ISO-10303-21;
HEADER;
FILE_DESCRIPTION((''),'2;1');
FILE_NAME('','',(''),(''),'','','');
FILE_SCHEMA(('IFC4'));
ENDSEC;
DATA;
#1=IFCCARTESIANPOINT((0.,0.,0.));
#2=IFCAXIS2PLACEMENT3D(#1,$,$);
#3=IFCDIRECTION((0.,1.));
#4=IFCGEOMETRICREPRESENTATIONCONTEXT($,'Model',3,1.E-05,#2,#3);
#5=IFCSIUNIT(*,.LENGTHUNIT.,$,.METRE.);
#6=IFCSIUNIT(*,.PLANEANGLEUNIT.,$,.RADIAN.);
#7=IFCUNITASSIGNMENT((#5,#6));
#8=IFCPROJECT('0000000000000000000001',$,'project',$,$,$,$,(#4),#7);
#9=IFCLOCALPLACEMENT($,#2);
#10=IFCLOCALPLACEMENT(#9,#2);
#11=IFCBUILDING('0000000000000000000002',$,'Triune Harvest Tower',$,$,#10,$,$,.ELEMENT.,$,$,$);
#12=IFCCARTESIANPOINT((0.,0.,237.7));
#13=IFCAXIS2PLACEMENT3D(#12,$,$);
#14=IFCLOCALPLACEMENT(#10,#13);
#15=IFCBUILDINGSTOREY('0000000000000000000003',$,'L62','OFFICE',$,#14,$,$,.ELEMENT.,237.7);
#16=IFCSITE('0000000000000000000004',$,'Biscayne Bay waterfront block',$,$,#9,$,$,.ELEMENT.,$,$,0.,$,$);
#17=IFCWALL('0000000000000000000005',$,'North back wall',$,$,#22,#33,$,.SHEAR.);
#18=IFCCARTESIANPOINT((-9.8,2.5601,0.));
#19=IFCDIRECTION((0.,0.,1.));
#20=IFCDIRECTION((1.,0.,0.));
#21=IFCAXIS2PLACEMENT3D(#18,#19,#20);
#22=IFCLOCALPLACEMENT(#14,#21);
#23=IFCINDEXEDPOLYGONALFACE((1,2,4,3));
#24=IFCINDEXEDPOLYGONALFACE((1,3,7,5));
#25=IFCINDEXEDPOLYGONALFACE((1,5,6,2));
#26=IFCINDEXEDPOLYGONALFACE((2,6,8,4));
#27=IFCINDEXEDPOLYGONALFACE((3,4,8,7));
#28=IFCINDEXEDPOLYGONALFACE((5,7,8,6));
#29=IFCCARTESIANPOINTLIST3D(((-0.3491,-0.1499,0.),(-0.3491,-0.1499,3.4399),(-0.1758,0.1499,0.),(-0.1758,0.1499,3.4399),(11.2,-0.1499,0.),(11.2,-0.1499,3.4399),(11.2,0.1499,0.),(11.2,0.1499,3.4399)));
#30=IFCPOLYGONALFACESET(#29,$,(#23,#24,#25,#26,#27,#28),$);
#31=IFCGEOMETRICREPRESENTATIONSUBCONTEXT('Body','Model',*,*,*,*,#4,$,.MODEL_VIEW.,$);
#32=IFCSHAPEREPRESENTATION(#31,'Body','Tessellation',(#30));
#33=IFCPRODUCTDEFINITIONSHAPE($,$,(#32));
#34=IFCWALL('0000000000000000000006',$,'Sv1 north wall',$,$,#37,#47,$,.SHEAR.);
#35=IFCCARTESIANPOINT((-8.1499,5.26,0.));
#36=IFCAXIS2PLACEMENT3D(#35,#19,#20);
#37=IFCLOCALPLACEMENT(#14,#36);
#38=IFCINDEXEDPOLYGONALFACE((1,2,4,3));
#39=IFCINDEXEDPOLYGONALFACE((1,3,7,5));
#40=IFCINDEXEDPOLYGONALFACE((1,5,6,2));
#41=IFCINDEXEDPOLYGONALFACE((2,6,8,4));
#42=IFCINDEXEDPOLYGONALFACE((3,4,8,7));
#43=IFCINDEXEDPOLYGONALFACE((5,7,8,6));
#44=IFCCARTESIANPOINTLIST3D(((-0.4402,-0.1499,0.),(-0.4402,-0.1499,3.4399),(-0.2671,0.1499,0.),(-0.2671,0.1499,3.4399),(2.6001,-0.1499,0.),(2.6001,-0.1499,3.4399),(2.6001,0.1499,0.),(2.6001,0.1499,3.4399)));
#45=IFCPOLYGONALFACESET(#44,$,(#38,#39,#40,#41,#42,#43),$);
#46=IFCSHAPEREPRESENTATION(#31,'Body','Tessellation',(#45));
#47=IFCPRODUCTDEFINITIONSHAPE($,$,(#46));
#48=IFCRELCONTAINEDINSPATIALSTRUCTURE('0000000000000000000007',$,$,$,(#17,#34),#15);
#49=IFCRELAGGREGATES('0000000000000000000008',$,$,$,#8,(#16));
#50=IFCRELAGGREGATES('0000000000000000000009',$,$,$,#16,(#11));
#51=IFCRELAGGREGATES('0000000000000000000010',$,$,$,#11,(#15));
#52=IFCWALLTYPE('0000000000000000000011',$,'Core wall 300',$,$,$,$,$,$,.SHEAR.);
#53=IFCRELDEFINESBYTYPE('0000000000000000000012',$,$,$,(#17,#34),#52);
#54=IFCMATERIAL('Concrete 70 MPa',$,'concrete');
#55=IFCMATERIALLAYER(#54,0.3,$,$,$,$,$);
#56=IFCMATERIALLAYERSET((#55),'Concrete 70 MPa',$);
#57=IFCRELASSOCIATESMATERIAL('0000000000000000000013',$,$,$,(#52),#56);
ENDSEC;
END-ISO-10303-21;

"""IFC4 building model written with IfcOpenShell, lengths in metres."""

from ifc_helpers import new_model, si_unit, direction, frame, origin, place, context, subcontext, project, spatial, polyline, outline, extrude, source, transform, mapped, material, layer, layer_set, type_object, element, save


model = new_model("IFC4")

# Units and contexts
model_context = context("Model", 3, precision=1e-05, world=origin(), true_north=direction((0.0, 1.0)))
body_context = subcontext(model_context, "Body", "Model", "MODEL_VIEW")
ifc_project = project(units=[si_unit("LENGTHUNIT", "METRE"), si_unit("PLANEANGLEUNIT", "RADIAN")], contexts=[model_context])

# Site, building, storey
site_placement = place(None, origin())
site = spatial("IfcSite", under=ifc_project, at=site_placement, Name="Biscayne Bay waterfront block", CompositionType="ELEMENT", RefElevation=0.0)
building_placement = place(site_placement, origin())
building = spatial("IfcBuilding", under=site, at=building_placement, Name="Triune Harvest Tower", CompositionType="ELEMENT")
storey_placement = place(building_placement, frame((0.0, 0.0, 237.7)))
storey = spatial("IfcBuildingStorey", under=building, at=storey_placement, Name="L62", Description="OFFICE", CompositionType="ELEMENT", Elevation=237.7)

# Shared definitions
ifc_material_1 = material(Name="Concrete 70 MPa", Category="concrete")
ifc_layer_1 = layer(ifc_material_1, 0.3)
ifc_layer_set_1 = layer_set([ifc_layer_1], Name="Concrete 70 MPa")
wall_type_1 = type_object("IfcWallType", Name="Core wall 300", PredefinedType="SHEAR", material=ifc_layer_set_1)

# Wall
shared_shape_1 = source(origin(), body_context, "Body", "SweptSolid", [
    extrude(outline(polyline([(11.2, -0.1499), (-0.3491, -0.1499), (-0.1758, 0.1499), (11.2, 0.1499), (11.2, -0.1499)])), origin(), (0.0, 0.0, 1.0), 3.4399),
])
wall_1_placement = place(storey_placement, frame((-9.8, 2.5601, 0.0), z_axis=(0.0, 0.0, 1.0), x_axis=(1.0, 0.0, 0.0)))
element("IfcWall", 1, at=wall_1_placement, inside=storey, type_object=wall_type_1, Name="North back wall", PredefinedType="SHEAR", context=body_context, shape_type="MappedRepresentation", body=[
    mapped(shared_shape_1, transform((0.0, 0.0, 0.0), scale=1.0)),
])

# Wall
shared_shape_2 = source(origin(), body_context, "Body", "SweptSolid", [
    extrude(outline(polyline([(2.6001, -0.1499), (-0.4402, -0.1499), (-0.2671, 0.1499), (2.6001, 0.1499), (2.6001, -0.1499)])), origin(), (0.0, 0.0, 1.0), 3.4399),
])
wall_2_placement = place(storey_placement, frame((-8.1499, 5.26, 0.0), z_axis=(0.0, 0.0, 1.0), x_axis=(1.0, 0.0, 0.0)))
element("IfcWall", 2, at=wall_2_placement, inside=storey, type_object=wall_type_1, Name="Sv1 north wall", PredefinedType="SHEAR", context=body_context, shape_type="MappedRepresentation", body=[
    mapped(shared_shape_2, transform((0.0, 0.0, 0.0), scale=1.0)),
])

save(model, "model.ifc")
